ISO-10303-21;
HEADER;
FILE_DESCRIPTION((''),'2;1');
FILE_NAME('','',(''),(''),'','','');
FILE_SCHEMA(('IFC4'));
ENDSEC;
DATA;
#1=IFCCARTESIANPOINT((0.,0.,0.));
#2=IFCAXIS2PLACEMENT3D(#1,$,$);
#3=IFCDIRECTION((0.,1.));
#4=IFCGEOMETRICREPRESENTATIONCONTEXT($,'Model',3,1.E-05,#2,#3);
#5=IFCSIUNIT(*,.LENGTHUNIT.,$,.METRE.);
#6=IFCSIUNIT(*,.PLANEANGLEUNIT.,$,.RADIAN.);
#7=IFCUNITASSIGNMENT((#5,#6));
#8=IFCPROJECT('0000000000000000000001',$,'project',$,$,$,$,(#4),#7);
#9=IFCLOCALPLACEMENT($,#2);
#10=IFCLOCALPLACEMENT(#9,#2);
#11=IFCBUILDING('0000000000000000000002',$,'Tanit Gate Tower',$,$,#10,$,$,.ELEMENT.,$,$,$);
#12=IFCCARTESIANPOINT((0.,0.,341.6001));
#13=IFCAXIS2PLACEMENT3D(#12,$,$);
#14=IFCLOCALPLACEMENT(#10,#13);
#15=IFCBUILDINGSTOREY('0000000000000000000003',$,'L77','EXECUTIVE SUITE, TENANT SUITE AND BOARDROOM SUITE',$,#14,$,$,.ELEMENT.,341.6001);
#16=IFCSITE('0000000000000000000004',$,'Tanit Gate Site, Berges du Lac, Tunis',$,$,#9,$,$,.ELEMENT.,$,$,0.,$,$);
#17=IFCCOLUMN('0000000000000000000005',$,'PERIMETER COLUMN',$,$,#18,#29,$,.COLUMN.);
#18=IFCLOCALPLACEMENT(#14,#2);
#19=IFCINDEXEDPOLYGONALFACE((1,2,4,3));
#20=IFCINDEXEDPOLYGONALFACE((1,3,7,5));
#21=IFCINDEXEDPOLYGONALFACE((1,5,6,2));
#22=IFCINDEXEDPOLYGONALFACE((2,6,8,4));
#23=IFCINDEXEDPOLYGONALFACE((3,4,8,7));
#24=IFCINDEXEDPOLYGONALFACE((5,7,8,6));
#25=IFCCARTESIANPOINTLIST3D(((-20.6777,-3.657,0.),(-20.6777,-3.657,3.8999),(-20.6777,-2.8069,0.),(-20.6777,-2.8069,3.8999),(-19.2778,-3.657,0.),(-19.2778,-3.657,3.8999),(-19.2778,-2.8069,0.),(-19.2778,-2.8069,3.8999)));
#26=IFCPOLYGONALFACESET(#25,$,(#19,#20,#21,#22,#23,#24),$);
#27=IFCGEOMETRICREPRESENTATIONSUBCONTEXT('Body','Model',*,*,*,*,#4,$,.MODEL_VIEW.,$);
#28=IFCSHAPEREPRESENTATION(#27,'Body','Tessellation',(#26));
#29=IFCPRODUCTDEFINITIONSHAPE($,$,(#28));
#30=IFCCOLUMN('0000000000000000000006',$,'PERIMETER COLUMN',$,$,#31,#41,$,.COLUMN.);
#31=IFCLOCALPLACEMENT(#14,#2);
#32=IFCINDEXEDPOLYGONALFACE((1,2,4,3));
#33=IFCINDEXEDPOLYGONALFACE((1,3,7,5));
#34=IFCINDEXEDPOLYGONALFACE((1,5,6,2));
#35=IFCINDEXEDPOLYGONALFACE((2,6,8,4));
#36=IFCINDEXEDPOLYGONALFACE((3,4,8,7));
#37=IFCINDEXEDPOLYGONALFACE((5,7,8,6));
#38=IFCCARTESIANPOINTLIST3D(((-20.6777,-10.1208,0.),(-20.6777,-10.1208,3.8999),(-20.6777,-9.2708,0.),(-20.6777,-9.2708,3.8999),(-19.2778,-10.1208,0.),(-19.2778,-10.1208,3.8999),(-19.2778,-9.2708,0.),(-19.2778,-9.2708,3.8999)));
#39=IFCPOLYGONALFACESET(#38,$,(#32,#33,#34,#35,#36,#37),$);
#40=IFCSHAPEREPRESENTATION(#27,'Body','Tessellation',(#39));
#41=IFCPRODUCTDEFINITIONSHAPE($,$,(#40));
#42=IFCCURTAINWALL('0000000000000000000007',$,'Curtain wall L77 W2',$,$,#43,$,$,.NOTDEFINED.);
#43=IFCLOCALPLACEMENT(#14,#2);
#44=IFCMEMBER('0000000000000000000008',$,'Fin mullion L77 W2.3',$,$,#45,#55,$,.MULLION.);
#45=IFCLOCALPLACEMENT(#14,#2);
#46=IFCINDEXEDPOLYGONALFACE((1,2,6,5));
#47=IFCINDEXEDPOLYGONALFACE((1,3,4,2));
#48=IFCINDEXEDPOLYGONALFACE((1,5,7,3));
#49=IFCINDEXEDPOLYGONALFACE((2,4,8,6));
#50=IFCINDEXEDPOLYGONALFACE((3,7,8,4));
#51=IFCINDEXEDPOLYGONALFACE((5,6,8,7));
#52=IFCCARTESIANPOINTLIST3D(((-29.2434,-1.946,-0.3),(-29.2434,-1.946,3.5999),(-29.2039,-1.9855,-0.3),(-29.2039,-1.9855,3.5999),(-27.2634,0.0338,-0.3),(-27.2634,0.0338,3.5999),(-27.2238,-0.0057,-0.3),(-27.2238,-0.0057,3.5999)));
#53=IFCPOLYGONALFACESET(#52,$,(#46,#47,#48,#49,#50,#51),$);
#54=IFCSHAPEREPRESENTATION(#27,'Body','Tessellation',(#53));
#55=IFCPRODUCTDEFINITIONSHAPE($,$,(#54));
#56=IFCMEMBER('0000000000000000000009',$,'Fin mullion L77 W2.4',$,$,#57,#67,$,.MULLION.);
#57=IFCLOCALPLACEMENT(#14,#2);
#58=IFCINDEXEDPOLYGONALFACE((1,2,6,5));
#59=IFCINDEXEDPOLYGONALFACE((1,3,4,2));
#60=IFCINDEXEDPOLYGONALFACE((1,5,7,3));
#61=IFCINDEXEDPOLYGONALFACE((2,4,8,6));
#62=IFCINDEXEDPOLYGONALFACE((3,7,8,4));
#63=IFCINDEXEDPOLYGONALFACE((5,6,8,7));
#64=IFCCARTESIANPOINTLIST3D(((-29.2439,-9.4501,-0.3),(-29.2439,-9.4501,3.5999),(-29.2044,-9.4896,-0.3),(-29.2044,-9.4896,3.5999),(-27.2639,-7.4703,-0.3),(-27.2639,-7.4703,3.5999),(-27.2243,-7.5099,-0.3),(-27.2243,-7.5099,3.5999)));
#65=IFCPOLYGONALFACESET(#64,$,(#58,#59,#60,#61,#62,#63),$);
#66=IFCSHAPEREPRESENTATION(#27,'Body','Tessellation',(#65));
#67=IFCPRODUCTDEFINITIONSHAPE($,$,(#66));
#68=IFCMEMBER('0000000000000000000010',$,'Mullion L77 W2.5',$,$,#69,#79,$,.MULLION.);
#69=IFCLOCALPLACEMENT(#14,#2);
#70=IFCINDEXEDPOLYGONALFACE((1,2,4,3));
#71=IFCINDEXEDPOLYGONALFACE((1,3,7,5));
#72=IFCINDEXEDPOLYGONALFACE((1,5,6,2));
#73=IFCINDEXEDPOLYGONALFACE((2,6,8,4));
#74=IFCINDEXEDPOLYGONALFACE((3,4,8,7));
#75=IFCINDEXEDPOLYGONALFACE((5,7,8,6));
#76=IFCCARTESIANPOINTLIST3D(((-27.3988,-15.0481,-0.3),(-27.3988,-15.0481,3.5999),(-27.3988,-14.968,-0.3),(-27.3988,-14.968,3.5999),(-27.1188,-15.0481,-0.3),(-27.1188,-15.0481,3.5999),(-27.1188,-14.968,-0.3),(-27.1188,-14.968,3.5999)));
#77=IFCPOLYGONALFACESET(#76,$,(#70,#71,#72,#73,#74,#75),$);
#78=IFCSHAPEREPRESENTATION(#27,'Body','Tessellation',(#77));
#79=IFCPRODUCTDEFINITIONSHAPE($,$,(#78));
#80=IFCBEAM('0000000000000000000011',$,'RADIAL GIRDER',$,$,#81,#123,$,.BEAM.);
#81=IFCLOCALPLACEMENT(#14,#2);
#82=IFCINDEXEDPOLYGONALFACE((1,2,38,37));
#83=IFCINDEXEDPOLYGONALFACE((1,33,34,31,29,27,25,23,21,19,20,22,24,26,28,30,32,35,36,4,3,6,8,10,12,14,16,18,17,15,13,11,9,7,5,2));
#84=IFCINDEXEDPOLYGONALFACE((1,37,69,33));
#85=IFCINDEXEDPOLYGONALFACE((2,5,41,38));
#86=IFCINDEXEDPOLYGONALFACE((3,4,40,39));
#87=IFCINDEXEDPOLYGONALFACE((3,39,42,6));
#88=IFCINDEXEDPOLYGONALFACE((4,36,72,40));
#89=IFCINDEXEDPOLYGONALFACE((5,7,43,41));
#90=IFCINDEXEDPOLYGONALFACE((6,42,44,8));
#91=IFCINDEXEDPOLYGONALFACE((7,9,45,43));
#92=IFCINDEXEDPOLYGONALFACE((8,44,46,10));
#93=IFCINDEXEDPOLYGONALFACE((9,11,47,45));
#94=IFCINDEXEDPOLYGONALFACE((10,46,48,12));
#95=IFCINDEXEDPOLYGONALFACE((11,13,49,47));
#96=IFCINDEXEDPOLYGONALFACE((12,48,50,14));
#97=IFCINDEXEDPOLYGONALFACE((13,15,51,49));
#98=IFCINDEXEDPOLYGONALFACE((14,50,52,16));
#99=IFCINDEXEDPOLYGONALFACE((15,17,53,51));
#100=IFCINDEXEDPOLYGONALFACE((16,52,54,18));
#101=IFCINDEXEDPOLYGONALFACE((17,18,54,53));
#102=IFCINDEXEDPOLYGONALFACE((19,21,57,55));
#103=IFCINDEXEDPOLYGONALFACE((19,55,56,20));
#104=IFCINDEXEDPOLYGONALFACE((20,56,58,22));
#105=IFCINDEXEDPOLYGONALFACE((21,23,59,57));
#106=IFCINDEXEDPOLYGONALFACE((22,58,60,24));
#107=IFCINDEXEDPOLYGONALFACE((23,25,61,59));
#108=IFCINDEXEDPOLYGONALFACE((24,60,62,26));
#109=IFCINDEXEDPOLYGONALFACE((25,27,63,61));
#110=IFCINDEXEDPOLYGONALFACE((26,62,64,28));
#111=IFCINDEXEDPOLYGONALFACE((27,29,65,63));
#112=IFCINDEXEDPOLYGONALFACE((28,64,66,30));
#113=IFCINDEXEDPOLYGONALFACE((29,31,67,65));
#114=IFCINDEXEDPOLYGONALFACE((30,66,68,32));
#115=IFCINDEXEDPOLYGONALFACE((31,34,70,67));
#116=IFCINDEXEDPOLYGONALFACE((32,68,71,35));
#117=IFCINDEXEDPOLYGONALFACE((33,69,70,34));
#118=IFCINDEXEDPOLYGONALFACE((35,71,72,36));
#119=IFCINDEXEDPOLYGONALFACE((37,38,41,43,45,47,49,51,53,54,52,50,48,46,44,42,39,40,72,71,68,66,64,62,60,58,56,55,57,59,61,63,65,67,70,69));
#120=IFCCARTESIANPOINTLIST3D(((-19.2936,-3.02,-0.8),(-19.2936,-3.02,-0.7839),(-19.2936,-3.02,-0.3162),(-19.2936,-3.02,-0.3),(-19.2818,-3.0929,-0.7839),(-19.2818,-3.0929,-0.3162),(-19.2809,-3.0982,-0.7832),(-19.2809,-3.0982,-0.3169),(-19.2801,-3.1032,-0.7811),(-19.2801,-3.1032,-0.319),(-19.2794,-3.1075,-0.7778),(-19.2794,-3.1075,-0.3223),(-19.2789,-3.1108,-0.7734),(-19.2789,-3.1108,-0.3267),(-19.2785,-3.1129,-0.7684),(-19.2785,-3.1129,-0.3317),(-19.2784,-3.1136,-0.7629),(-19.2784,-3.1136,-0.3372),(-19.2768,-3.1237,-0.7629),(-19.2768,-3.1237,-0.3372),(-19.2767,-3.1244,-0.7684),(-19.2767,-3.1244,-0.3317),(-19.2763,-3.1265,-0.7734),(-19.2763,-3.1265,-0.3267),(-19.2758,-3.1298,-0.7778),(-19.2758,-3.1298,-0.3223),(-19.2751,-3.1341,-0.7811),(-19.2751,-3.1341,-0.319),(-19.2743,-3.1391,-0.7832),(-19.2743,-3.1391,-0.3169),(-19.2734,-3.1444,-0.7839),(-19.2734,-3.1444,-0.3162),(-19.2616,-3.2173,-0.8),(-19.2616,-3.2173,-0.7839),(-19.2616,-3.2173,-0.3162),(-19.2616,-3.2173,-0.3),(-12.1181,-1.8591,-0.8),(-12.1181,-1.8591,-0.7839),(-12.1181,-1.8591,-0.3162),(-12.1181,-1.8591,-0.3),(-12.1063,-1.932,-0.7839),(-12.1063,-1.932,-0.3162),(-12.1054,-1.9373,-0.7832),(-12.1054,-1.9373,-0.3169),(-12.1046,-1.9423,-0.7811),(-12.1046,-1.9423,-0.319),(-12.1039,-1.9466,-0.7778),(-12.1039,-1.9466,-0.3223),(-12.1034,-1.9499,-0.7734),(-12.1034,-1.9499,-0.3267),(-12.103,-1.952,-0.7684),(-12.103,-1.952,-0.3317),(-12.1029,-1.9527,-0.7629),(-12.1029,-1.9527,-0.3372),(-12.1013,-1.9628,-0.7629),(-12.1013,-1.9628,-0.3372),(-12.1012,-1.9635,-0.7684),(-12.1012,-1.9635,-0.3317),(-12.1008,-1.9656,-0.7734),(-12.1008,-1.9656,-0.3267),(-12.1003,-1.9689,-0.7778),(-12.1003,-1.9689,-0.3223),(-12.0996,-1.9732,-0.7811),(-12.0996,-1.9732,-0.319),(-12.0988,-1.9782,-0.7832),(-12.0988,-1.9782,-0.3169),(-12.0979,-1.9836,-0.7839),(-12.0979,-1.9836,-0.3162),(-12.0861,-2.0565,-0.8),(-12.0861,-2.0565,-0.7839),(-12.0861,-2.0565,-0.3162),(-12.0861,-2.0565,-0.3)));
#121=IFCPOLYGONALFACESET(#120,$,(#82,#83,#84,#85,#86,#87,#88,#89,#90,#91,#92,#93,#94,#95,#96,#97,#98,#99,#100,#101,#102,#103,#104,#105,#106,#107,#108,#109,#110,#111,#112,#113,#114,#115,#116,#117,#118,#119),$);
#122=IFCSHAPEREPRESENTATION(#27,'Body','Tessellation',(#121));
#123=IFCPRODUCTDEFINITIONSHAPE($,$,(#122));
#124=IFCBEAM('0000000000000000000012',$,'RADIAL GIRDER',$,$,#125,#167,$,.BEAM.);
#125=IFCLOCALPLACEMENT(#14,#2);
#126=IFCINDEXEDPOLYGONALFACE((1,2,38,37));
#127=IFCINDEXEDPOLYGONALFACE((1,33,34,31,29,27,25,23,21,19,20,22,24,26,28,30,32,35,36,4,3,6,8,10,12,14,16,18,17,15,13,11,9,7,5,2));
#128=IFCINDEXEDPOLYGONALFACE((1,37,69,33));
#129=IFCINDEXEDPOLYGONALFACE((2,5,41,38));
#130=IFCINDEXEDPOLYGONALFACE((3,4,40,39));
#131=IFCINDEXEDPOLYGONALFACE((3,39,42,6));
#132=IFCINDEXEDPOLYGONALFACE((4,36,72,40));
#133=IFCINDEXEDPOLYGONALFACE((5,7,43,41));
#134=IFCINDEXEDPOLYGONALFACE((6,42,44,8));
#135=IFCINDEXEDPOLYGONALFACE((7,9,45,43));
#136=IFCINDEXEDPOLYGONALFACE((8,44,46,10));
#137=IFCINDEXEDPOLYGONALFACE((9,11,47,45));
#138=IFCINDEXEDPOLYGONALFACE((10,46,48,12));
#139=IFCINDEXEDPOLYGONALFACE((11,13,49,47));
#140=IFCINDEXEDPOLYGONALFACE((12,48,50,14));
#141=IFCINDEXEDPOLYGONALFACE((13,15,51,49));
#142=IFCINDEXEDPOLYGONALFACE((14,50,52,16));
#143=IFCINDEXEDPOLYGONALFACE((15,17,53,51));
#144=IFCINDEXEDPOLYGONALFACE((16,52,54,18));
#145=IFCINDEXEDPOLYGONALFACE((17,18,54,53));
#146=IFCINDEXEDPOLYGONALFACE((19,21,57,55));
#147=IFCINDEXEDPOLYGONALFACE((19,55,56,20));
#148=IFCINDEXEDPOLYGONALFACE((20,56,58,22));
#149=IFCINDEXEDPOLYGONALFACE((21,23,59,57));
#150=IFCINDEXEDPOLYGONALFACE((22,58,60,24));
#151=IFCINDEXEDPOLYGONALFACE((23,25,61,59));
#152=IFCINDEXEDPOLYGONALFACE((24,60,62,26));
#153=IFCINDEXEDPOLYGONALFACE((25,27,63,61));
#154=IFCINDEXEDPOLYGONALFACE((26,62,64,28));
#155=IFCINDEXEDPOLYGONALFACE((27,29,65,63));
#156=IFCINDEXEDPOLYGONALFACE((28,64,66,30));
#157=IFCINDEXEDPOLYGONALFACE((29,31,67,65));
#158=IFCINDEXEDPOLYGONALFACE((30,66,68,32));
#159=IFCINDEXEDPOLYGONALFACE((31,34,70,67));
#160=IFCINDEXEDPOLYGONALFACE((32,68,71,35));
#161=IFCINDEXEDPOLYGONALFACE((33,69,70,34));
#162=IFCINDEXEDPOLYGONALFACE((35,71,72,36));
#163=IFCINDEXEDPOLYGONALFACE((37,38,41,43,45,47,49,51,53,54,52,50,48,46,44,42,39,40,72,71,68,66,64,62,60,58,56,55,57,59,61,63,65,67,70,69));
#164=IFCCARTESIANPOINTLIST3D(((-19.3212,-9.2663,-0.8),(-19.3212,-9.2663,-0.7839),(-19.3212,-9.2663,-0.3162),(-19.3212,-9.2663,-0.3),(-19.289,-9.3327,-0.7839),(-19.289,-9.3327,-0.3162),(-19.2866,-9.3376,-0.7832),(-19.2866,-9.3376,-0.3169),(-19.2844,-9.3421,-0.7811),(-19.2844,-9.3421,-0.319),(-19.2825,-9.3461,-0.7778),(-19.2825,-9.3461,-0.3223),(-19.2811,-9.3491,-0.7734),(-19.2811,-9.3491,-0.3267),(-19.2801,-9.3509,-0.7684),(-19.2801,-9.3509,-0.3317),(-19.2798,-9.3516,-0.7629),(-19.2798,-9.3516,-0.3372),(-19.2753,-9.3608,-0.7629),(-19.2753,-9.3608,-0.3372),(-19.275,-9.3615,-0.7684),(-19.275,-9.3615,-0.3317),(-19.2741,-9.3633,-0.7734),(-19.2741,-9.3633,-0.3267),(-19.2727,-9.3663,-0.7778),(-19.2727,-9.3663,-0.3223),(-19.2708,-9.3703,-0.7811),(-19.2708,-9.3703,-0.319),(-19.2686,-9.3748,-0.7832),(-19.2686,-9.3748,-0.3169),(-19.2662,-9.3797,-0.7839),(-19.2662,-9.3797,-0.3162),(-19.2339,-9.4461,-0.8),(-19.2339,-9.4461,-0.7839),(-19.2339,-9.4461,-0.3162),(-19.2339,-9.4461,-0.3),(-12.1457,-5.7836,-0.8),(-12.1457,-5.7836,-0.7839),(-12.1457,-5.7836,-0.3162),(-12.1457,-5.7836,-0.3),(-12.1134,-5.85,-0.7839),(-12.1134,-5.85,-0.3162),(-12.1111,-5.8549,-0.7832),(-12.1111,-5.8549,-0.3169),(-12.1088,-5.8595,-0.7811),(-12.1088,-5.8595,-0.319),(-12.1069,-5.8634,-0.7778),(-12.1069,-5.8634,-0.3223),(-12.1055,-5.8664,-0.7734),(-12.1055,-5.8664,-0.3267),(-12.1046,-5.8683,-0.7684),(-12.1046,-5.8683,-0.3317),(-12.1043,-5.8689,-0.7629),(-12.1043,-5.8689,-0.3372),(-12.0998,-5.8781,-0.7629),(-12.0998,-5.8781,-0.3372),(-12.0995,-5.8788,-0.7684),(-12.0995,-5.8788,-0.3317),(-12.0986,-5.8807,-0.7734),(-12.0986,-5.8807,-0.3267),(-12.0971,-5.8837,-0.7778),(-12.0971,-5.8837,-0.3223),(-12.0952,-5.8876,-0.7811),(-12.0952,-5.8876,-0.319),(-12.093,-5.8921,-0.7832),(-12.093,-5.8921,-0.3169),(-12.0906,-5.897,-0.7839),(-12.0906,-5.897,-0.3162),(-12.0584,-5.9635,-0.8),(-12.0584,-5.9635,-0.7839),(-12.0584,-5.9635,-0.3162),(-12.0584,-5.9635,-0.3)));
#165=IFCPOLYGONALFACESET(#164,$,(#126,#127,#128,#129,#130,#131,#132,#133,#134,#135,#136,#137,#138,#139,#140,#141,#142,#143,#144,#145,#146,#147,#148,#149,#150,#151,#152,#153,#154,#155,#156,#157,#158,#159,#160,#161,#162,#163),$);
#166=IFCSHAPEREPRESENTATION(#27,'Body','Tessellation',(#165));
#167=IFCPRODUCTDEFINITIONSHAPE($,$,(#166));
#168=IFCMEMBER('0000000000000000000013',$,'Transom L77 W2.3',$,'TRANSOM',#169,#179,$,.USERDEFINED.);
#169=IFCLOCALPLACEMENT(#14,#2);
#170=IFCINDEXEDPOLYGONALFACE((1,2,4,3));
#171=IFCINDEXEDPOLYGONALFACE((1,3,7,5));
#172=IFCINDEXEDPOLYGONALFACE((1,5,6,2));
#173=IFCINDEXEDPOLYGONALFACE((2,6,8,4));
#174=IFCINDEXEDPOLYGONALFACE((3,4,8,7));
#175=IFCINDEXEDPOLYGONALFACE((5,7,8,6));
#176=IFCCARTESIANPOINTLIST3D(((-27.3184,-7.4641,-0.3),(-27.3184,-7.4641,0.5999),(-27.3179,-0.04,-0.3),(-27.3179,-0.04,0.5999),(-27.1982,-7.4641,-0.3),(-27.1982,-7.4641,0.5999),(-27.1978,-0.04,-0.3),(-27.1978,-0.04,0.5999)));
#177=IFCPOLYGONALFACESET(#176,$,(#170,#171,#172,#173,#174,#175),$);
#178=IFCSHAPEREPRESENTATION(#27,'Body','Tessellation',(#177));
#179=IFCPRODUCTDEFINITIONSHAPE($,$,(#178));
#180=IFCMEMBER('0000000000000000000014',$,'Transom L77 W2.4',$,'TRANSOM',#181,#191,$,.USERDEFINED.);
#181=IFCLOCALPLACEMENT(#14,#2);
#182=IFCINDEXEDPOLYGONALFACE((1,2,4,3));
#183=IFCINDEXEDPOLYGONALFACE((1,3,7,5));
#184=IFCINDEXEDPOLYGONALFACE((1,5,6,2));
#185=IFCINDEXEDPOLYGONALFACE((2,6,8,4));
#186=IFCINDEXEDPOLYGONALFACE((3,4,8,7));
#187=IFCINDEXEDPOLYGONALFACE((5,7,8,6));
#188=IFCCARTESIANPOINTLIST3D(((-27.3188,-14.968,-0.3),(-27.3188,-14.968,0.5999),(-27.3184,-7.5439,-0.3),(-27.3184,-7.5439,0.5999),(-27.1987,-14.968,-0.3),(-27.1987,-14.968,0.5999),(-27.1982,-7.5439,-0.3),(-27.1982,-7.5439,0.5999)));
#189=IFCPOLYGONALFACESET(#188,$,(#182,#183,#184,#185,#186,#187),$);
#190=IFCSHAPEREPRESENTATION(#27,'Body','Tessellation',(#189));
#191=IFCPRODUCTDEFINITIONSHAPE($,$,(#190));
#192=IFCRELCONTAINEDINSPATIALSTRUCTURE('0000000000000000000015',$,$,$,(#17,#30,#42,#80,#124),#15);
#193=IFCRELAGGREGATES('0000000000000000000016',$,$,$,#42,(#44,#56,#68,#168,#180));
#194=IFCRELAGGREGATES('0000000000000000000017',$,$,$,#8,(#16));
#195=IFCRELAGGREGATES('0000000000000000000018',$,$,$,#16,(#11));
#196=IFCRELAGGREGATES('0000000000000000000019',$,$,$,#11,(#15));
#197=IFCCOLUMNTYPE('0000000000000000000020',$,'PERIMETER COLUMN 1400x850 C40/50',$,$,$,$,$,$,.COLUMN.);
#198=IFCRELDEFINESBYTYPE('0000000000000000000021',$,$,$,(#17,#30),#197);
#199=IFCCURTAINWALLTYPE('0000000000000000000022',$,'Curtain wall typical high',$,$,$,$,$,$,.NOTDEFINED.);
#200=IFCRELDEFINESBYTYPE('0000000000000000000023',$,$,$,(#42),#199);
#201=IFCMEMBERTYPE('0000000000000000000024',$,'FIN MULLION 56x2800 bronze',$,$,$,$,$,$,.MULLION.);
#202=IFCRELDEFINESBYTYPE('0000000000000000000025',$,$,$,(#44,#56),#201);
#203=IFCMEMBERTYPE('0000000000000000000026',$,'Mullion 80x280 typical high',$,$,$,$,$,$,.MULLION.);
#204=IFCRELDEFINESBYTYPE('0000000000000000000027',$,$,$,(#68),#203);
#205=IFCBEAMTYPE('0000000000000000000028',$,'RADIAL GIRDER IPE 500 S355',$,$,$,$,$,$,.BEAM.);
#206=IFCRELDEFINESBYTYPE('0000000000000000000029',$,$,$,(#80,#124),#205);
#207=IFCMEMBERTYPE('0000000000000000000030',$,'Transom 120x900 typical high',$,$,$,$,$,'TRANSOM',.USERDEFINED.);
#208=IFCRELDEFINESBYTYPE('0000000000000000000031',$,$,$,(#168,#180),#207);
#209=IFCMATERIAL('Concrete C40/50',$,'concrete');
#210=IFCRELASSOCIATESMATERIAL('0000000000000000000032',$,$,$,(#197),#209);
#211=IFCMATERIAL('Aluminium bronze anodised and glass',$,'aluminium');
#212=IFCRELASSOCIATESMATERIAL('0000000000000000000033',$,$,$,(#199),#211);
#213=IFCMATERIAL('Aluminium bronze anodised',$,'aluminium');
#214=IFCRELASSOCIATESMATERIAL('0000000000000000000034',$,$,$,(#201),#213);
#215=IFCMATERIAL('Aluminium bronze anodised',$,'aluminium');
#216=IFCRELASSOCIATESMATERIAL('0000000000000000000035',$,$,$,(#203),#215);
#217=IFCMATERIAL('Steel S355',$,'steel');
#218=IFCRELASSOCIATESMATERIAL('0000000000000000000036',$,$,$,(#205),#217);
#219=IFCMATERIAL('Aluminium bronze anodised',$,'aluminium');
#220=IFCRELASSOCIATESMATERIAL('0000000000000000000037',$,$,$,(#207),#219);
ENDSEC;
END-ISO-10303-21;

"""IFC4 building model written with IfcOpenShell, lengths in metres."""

from ifc_helpers import new_model, si_unit, direction, frame, origin, origin_2d, place, context, subcontext, project, spatial, rectangle, i_section, extrude, material, material_profile, profile_set, type_object, element, aggregate, save


model = new_model("IFC4")

# Units and contexts
model_context = context("Model", 3, precision=1e-05, world=origin(), true_north=direction((0.0, 1.0)))
body_context = subcontext(model_context, "Body", "Model", "MODEL_VIEW")
ifc_project = project(units=[si_unit("LENGTHUNIT", "METRE"), si_unit("PLANEANGLEUNIT", "RADIAN")], contexts=[model_context])

# Site, building, storey
site_placement = place(None, origin())
site = spatial("IfcSite", under=ifc_project, at=site_placement, Name="Tanit Gate Site, Berges du Lac, Tunis", CompositionType="ELEMENT", RefElevation=0.0)
building_placement = place(site_placement, origin())
building = spatial("IfcBuilding", under=site, at=building_placement, Name="Tanit Gate Tower", CompositionType="ELEMENT")
storey_placement = place(building_placement, frame((0.0, 0.0, 341.6001)))
storey = spatial("IfcBuildingStorey", under=building, at=storey_placement, Name="L77", Description="EXECUTIVE SUITE, TENANT SUITE AND BOARDROOM SUITE", CompositionType="ELEMENT", Elevation=341.6001)

# Columns
ifc_material_1 = material(Name="Concrete C40/50", Category="concrete")
ifc_material_profile_1 = material_profile(ifc_material_1, rectangle(XDim=1.3999, YDim=0.8501, at=origin_2d()), Name="RC 1400x850")
ifc_profile_set_1 = profile_set([ifc_material_profile_1], Name="Concrete C40/50")
column_type = type_object("IfcColumnType", Name="PERIMETER COLUMN 1400x850 C40/50", PredefinedType="COLUMN", material=ifc_profile_set_1)
for number, where, z_axis, x_axis, name in (
    (1, (-19.9778, -3.2319, 0.0), (0.0, 0.0, 1.0), (-1.0, 0.0, 0.0), "PERIMETER COLUMN"),
    (2, (-19.9778, -9.6958, 0.0), (0.0, 0.0, 1.0), (-1.0, 0.0, 0.0), "PERIMETER COLUMN"),
):
    element("IfcColumn", number, at=place(storey_placement, frame(where, z_axis=z_axis, x_axis=x_axis)), inside=storey, type_object=column_type, Name=name, PredefinedType="COLUMN", context=body_context, shape_type="SweptSolid", body=[
        extrude(rectangle(XDim=1.3999, YDim=0.8501, at=origin_2d()), origin(), (0.0, 0.0, 1.0), 3.8999),
    ])

# Curtain wall, members
ifc_material_2 = material(Name="Aluminium bronze anodised and glass", Category="aluminium")
curtain_wall_type = type_object("IfcCurtainWallType", Name="Curtain wall typical high", PredefinedType="NOTDEFINED", material=ifc_material_2)
curtain_wall_placement = place(storey_placement, origin())
curtain_wall = element("IfcCurtainWall", 3, at=curtain_wall_placement, inside=storey, type_object=curtain_wall_type, Name="Curtain wall L77 W2", PredefinedType="NOTDEFINED")
ifc_material_3 = material(Name="Aluminium bronze anodised", Category="aluminium")
ifc_material_profile_2 = material_profile(ifc_material_3, rectangle(XDim=2.8, YDim=0.0559, at=origin_2d()), Name="56x2800 bronze fin mullion")
ifc_profile_set_2 = profile_set([ifc_material_profile_2], Name="Aluminium bronze anodised")
member_type_1 = type_object("IfcMemberType", Name="FIN MULLION 56x2800 bronze", PredefinedType="MULLION", material=ifc_profile_set_2)
member_1_placement = place(storey_placement, frame((-28.2336, -0.9758, -0.3), z_axis=(0.0, 0.0, 1.0), x_axis=(0.707156, 0.707058, 0.0)))
member_1 = element("IfcMember", 4, at=member_1_placement, type_object=member_type_1, Name="Fin mullion L77 W2.3", PredefinedType="MULLION", context=body_context, shape_type="SweptSolid", body=[
    extrude(rectangle(XDim=2.8, YDim=0.0559, at=origin_2d()), origin(), (0.0, 0.0, 1.0), 3.8999),
])
member_2_placement = place(storey_placement, frame((-28.2341, -8.48, -0.3), z_axis=(0.0, 0.0, 1.0), x_axis=(0.707156, 0.707058, 0.0)))
member_2 = element("IfcMember", 5, at=member_2_placement, type_object=member_type_1, Name="Fin mullion L77 W2.4", PredefinedType="MULLION", context=body_context, shape_type="SweptSolid", body=[
    extrude(rectangle(XDim=2.8, YDim=0.0559, at=origin_2d()), origin(), (0.0, 0.0, 1.0), 3.8999),
])
ifc_material_4 = material(Name="Aluminium bronze anodised", Category="aluminium")
ifc_material_profile_3 = material_profile(ifc_material_4, rectangle(XDim=0.28, YDim=0.0801, at=origin_2d()), Name="80x280 bronze mullion")
ifc_profile_set_3 = profile_set([ifc_material_profile_3], Name="Aluminium bronze anodised")
member_type_2 = type_object("IfcMemberType", Name="Mullion 80x280 typical high", PredefinedType="MULLION", material=ifc_profile_set_3)
member_3_placement = place(storey_placement, frame((-27.2588, -15.0081, -0.3), z_axis=(0.0, 0.0, 1.0), x_axis=(1.0, -0.000069, 0.0)))
member_3 = element("IfcMember", 6, at=member_3_placement, type_object=member_type_2, Name="Mullion L77 W2.5", PredefinedType="MULLION", context=body_context, shape_type="SweptSolid", body=[
    extrude(rectangle(XDim=0.28, YDim=0.0801, at=origin_2d()), origin(), (0.0, 0.0, 1.0), 3.8999),
])

# Beams
ifc_material_5 = material(Name="Steel S355", Category="steel")
ifc_material_profile_4 = material_profile(ifc_material_5, i_section(OverallWidth=0.2, OverallDepth=0.5, WebThickness=0.0103, FlangeThickness=0.0161, FilletRadius=0.021, at=origin_2d()), Name="IPE 500")
ifc_profile_set_4 = profile_set([ifc_material_profile_4], Name="Steel S355")
beam_type = type_object("IfcBeamType", Name="RADIAL GIRDER IPE 500 S355", PredefinedType="BEAM", material=ifc_profile_set_4)
beam_1_placement = place(storey_placement, frame((-19.2776, -3.1187, -0.55), z_axis=(0.987164, 0.159708, 0.0), x_axis=(-0.159708, 0.987164, 0.0)))
element("IfcBeam", 7, at=beam_1_placement, inside=storey, type_object=beam_type, Name="RADIAL GIRDER", PredefinedType="BEAM", context=body_context, shape_type="SweptSolid", body=[
    extrude(i_section(OverallWidth=0.2, OverallDepth=0.5, WebThickness=0.0103, FlangeThickness=0.0161, FilletRadius=0.021, at=origin_2d()), origin(), (0.0, 0.0, 1.0), 7.2688),
])
beam_2_placement = place(storey_placement, frame((-19.2776, -9.3562, -0.55), z_axis=(0.899636, 0.436641, 0.0), x_axis=(-0.436641, 0.899636, 0.0)))
element("IfcBeam", 8, at=beam_2_placement, inside=storey, type_object=beam_type, Name="RADIAL GIRDER", PredefinedType="BEAM", context=body_context, shape_type="SweptSolid", body=[
    extrude(i_section(OverallWidth=0.2, OverallDepth=0.5, WebThickness=0.0103, FlangeThickness=0.0161, FilletRadius=0.021, at=origin_2d()), origin(), (0.0, 0.0, 1.0), 7.9761),
])

# Members
ifc_material_6 = material(Name="Aluminium bronze anodised", Category="aluminium")
ifc_material_profile_5 = material_profile(ifc_material_6, rectangle(XDim=0.1201, YDim=0.8999, at=origin_2d()), Name="120x900 bronze transom")
ifc_profile_set_5 = profile_set([ifc_material_profile_5], Name="Aluminium bronze anodised")
member_type_3 = type_object("IfcMemberType", Name="Transom 120x900 typical high", ElementType="TRANSOM", PredefinedType="USERDEFINED", material=ifc_profile_set_5)
member_4_placement = place(storey_placement, frame((-27.2578, -0.04, 0.1499), z_axis=(-0.000066, -1.0, 0.0), x_axis=(1.0, -0.000066, 0.0)))
member_4 = element("IfcMember", 9, at=member_4_placement, type_object=member_type_3, Name="Transom L77 W2.3", ObjectType="TRANSOM", PredefinedType="USERDEFINED", context=body_context, shape_type="SweptSolid", body=[
    extrude(rectangle(XDim=0.1201, YDim=0.8999, at=origin_2d()), origin(), (0.0, 0.0, 1.0), 7.4241),
])
member_5_placement = place(storey_placement, frame((-27.2583, -7.5439, 0.1499), z_axis=(-0.000066, -1.0, 0.0), x_axis=(1.0, -0.000066, 0.0)))
member_5 = element("IfcMember", 10, at=member_5_placement, type_object=member_type_3, Name="Transom L77 W2.4", ObjectType="TRANSOM", PredefinedType="USERDEFINED", context=body_context, shape_type="SweptSolid", body=[
    extrude(rectangle(XDim=0.1201, YDim=0.8999, at=origin_2d()), origin(), (0.0, 0.0, 1.0), 7.4241),
])

aggregate(curtain_wall, [member_1, member_2, member_3, member_4, member_5])

save(model, "model.ifc")
